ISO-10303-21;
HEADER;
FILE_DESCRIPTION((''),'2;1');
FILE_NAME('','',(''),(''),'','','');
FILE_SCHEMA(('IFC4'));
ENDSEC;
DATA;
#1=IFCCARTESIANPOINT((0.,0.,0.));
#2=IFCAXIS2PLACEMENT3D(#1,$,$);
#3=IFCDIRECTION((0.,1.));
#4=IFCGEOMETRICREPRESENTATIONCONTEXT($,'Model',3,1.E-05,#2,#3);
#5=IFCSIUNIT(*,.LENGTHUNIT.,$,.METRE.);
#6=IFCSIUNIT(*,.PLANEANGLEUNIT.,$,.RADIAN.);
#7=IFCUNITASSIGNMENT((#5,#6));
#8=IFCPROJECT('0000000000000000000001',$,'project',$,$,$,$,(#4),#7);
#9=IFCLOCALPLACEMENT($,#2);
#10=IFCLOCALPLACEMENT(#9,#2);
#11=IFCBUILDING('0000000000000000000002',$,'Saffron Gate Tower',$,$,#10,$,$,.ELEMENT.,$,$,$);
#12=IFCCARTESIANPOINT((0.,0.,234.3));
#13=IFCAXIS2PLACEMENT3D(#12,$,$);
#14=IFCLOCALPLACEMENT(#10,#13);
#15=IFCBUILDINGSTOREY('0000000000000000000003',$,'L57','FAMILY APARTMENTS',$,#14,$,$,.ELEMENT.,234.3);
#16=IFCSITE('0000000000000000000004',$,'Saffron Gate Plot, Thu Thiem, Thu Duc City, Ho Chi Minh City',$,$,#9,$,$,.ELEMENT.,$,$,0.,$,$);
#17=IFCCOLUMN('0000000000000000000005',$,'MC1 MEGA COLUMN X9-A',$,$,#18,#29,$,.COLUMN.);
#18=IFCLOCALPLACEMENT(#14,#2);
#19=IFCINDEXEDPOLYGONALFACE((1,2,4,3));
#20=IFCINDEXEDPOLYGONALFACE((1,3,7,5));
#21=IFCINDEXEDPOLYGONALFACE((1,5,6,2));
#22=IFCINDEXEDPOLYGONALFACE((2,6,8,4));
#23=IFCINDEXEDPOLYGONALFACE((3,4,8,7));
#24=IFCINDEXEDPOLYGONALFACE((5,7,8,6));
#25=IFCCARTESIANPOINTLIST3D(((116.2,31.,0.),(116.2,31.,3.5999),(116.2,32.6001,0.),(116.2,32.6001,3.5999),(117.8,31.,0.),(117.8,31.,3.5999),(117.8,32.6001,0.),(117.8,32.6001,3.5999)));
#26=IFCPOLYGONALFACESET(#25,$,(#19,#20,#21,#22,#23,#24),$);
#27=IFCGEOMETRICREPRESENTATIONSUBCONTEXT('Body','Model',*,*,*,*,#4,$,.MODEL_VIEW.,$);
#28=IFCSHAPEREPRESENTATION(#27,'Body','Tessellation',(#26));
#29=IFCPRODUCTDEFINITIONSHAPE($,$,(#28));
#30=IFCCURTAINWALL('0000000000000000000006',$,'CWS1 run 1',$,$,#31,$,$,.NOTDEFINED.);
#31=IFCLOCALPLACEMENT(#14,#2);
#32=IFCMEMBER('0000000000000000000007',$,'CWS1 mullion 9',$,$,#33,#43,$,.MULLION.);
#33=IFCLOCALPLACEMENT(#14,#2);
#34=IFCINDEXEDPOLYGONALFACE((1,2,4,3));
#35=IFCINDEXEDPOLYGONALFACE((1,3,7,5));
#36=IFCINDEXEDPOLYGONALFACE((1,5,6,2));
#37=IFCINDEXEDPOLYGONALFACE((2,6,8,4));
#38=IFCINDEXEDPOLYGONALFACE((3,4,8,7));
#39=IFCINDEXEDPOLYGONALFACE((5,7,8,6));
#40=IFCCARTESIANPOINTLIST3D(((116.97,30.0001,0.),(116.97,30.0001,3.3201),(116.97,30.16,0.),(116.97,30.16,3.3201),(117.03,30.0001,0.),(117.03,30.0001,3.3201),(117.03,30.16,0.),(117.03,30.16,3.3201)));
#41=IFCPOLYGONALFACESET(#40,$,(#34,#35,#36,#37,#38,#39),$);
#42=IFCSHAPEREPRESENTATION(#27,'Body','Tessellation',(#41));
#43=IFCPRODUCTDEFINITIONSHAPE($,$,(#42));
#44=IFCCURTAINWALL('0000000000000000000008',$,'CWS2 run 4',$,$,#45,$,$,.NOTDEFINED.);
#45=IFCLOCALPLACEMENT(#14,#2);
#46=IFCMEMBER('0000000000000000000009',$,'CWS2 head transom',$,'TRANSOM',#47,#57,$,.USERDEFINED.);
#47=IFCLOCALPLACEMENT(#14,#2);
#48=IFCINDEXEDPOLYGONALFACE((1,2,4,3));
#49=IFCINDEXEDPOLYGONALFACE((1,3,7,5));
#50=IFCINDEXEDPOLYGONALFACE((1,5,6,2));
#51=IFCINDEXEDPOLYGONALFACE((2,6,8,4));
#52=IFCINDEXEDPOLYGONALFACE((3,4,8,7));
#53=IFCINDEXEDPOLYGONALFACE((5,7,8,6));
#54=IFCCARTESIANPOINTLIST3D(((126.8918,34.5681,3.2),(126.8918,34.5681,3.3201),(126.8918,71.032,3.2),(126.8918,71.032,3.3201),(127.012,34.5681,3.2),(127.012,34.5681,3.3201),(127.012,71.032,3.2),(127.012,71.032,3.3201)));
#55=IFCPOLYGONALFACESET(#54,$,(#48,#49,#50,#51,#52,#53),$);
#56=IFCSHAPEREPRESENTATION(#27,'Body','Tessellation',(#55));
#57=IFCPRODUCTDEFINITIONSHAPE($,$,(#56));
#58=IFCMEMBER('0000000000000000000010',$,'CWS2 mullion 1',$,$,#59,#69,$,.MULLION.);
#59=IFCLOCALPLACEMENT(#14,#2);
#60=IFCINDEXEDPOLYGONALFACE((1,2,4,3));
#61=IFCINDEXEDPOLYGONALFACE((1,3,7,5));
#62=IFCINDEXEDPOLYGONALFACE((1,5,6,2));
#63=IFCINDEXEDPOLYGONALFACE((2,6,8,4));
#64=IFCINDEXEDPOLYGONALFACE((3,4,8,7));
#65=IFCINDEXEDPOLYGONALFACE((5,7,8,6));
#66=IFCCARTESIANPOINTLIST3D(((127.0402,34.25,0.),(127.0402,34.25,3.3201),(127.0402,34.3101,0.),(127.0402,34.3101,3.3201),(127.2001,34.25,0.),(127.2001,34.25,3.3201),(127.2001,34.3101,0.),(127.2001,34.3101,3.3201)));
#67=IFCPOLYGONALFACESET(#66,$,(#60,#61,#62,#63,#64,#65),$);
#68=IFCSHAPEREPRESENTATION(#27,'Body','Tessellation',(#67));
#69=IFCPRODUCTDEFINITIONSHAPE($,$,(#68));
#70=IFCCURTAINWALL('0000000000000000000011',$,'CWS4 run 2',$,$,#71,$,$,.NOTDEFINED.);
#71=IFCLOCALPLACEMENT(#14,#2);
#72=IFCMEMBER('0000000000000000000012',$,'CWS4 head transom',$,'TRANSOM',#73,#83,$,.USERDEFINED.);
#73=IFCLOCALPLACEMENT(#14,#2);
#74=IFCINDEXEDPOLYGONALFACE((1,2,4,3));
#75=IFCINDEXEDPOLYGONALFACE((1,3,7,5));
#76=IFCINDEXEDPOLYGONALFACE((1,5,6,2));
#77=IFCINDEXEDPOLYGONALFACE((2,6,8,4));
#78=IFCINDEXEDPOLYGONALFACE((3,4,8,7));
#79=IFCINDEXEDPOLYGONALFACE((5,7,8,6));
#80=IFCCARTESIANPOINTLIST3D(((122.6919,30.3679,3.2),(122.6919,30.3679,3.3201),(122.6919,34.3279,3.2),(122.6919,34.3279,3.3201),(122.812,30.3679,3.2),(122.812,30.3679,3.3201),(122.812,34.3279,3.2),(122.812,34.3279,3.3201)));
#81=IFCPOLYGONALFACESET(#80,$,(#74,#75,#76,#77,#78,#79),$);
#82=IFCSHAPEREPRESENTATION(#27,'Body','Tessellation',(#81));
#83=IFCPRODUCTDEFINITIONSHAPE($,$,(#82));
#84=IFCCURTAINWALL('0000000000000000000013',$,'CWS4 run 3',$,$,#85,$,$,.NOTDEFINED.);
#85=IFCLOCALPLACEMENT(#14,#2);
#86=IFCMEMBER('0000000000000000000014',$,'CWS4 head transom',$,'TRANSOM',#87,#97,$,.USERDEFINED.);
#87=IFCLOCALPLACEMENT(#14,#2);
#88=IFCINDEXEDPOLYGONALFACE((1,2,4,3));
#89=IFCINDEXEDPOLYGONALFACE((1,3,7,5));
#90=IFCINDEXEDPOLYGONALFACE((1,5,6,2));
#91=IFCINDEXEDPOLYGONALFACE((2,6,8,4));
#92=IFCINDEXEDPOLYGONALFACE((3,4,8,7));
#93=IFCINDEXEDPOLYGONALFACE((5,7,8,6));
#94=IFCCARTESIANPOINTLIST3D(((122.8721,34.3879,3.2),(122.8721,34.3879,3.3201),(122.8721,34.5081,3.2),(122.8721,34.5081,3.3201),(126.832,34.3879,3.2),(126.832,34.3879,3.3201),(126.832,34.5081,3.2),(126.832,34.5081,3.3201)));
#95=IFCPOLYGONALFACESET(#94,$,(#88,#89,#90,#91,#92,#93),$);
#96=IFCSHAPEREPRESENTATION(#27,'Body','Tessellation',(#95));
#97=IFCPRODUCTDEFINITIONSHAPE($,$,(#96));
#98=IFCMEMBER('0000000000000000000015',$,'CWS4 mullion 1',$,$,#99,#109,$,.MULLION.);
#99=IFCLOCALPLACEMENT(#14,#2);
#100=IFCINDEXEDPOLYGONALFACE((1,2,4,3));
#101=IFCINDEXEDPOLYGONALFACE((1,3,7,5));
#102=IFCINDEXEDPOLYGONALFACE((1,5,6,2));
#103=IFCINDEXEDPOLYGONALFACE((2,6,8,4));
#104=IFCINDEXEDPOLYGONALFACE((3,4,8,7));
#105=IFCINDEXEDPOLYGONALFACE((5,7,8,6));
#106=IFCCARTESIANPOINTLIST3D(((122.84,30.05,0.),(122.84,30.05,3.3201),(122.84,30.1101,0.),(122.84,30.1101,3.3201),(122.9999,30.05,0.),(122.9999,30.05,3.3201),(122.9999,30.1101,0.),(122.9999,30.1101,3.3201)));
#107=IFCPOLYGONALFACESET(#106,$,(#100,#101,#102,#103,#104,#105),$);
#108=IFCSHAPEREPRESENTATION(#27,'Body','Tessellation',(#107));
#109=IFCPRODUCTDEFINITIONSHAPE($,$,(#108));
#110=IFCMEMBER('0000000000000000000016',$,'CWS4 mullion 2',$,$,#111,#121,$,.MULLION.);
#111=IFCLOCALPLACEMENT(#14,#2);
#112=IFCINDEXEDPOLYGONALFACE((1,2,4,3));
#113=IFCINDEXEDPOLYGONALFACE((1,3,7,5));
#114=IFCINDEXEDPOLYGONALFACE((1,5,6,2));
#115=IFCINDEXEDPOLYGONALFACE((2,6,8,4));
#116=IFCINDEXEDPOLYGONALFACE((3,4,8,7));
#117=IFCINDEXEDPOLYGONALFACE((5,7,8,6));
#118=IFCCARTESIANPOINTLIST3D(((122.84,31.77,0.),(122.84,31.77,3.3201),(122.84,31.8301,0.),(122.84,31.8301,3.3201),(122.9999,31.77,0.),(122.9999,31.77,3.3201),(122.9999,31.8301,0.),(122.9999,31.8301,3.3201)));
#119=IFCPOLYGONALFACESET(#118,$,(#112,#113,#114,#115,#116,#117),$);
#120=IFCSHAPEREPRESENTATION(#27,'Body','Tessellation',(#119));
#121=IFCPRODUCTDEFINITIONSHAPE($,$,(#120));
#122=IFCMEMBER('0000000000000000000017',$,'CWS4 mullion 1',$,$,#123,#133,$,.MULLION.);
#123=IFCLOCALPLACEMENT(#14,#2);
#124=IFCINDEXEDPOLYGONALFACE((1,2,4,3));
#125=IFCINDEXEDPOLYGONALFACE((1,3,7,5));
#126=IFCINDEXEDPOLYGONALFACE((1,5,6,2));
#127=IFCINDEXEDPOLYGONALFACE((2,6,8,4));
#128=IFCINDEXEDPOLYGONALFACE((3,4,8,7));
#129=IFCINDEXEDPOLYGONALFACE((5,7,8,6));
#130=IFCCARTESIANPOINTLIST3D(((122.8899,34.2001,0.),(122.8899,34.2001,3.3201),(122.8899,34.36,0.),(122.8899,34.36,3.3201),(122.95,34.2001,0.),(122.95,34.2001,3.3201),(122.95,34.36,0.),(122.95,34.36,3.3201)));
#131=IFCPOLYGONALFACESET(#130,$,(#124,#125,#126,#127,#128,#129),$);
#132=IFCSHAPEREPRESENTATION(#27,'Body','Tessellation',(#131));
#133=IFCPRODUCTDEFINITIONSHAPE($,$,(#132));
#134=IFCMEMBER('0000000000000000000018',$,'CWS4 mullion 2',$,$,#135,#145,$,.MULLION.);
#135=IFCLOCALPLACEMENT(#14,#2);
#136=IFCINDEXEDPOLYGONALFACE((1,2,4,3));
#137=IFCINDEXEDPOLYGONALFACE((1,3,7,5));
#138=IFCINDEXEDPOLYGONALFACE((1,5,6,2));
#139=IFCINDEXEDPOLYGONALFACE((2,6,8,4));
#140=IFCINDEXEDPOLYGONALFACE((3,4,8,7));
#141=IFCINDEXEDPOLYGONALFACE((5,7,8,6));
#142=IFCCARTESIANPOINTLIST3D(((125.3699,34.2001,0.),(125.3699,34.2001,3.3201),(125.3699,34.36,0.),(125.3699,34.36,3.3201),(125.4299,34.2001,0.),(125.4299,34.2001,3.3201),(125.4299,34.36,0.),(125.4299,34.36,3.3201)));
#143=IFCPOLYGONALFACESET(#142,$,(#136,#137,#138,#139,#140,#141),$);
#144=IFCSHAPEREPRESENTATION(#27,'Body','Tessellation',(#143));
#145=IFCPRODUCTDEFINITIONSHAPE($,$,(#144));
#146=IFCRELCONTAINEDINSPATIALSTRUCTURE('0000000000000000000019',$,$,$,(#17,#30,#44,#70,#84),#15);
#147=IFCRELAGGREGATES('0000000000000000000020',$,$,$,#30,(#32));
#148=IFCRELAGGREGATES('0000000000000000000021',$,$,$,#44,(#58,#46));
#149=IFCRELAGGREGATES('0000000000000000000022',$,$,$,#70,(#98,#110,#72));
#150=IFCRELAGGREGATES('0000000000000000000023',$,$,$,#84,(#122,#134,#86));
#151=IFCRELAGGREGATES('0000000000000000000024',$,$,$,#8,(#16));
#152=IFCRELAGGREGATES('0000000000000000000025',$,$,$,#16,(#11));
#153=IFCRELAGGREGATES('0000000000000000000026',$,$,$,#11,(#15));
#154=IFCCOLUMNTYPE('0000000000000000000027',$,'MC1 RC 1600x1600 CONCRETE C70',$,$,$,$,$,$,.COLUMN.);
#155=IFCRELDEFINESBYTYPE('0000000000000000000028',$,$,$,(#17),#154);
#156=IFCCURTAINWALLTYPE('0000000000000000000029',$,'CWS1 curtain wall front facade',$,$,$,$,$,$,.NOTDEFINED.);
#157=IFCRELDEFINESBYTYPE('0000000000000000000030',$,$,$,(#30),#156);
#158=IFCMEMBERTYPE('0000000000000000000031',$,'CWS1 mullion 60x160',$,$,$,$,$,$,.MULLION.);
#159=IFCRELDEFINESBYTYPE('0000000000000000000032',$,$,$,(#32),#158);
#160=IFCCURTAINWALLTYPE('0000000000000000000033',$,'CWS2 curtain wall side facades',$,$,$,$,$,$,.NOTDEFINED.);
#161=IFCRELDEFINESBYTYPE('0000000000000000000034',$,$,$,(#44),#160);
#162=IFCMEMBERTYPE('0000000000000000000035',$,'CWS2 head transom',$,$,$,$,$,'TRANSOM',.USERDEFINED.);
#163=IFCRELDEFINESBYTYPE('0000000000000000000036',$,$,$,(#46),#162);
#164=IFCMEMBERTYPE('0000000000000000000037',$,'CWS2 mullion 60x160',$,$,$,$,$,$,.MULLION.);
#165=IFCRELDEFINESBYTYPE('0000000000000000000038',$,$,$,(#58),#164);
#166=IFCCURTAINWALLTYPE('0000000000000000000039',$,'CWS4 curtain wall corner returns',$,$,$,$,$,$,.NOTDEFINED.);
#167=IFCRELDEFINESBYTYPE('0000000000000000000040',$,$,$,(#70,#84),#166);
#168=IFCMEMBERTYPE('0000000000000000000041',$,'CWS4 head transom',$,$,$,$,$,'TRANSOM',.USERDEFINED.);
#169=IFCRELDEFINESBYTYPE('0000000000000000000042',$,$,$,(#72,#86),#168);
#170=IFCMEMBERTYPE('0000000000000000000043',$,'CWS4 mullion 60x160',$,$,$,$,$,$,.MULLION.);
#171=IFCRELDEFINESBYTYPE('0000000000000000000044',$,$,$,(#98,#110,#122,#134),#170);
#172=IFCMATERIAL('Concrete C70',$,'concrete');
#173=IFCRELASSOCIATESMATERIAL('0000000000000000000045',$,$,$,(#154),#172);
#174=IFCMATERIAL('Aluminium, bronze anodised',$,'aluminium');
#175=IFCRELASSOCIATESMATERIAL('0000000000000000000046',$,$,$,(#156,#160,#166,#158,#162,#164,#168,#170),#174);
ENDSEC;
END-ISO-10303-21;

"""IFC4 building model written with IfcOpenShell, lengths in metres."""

from ifc_helpers import new_model, si_unit, direction, frame, origin, origin_2d, place, context, subcontext, project, spatial, rectangle, extrude, material, material_profile, profile_set, type_object, element, aggregate, save


model = new_model("IFC4")

# Units and contexts
model_context = context("Model", 3, precision=1e-05, world=origin(), true_north=direction((0.0, 1.0)))
body_context = subcontext(model_context, "Body", "Model", "MODEL_VIEW")
ifc_project = project(units=[si_unit("LENGTHUNIT", "METRE"), si_unit("PLANEANGLEUNIT", "RADIAN")], contexts=[model_context])

# Site, building, storey
site_placement = place(None, origin())
site = spatial("IfcSite", under=ifc_project, at=site_placement, Name="Saffron Gate Plot, Thu Thiem, Thu Duc City, Ho Chi Minh City", CompositionType="ELEMENT", RefElevation=0.0)
building_placement = place(site_placement, origin())
building = spatial("IfcBuilding", under=site, at=building_placement, Name="Saffron Gate Tower", CompositionType="ELEMENT")
storey_placement = place(building_placement, frame((0.0, 0.0, 234.3)))
storey = spatial("IfcBuildingStorey", under=building, at=storey_placement, Name="L57", Description="FAMILY APARTMENTS", CompositionType="ELEMENT", Elevation=234.3)

# Column
ifc_material_1 = material(Name="Concrete C70", Category="concrete")
ifc_material_profile_1 = material_profile(ifc_material_1, rectangle(XDim=1.6001, YDim=1.6001, at=origin_2d()))
ifc_profile_set_1 = profile_set([ifc_material_profile_1], Name="Concrete C70")
column_type = type_object("IfcColumnType", Name="MC1 RC 1600x1600 CONCRETE C70", PredefinedType="COLUMN", material=ifc_profile_set_1)
column_placement = place(storey_placement, frame((117.0, 31.8, 0.0), z_axis=(0.0, 0.0, 1.0), x_axis=(1.0, 0.0, 0.0)))
element("IfcColumn", 1, at=column_placement, inside=storey, type_object=column_type, Name="MC1 MEGA COLUMN X9-A", PredefinedType="COLUMN", context=body_context, shape_type="SweptSolid", body=[
    extrude(rectangle(XDim=1.6001, YDim=1.6001, at=origin_2d()), origin(), (0.0, 0.0, 1.0), 3.5999),
])

# Curtain wall, member
ifc_material_2 = material(Name="Aluminium, bronze anodised", Category="aluminium")
curtain_wall_type_1 = type_object("IfcCurtainWallType", Name="CWS1 curtain wall front facade", PredefinedType="NOTDEFINED", material=ifc_material_2)
curtain_wall_1_placement = place(storey_placement, origin())
curtain_wall_1 = element("IfcCurtainWall", 2, at=curtain_wall_1_placement, inside=storey, type_object=curtain_wall_type_1, Name="CWS1 run 1", PredefinedType="NOTDEFINED")
ifc_material_profile_2 = material_profile(ifc_material_2, rectangle(XDim=0.1599, YDim=0.0601, at=origin_2d()))
ifc_profile_set_2 = profile_set([ifc_material_profile_2], Name="Aluminium, bronze anodised")
member_type_1 = type_object("IfcMemberType", Name="CWS1 mullion 60x160", PredefinedType="MULLION", material=ifc_profile_set_2)
member_1_placement = place(storey_placement, frame((117.0, 30.0801, 0.0), z_axis=(0.0, 0.0, 1.0), x_axis=(0.0, 1.0, 0.0)))
member_1 = element("IfcMember", 3, at=member_1_placement, type_object=member_type_1, Name="CWS1 mullion 9", PredefinedType="MULLION", context=body_context, shape_type="SweptSolid", body=[
    extrude(rectangle(XDim=0.1599, YDim=0.0601, at=origin_2d()), origin(), (0.0, 0.0, 1.0), 3.3201),
])
aggregate(curtain_wall_1, [member_1])

# Curtain wall, members
curtain_wall_type_2 = type_object("IfcCurtainWallType", Name="CWS2 curtain wall side facades", PredefinedType="NOTDEFINED", material=ifc_material_2)
curtain_wall_2_placement = place(storey_placement, origin())
curtain_wall_2 = element("IfcCurtainWall", 4, at=curtain_wall_2_placement, inside=storey, type_object=curtain_wall_type_2, Name="CWS2 run 4", PredefinedType="NOTDEFINED")
ifc_material_profile_3 = material_profile(ifc_material_2, rectangle(XDim=0.1201, YDim=0.1201, at=origin_2d()))
ifc_profile_set_3 = profile_set([ifc_material_profile_3], Name="Aluminium, bronze anodised")
member_type_2 = type_object("IfcMemberType", Name="CWS2 head transom", ElementType="TRANSOM", PredefinedType="USERDEFINED", material=ifc_profile_set_3)
member_2_placement = place(storey_placement, frame((126.9519, 34.5681, 3.26), z_axis=(0.0, 1.0, 0.0), x_axis=(-1.0, 0.0, 0.0)))
member_2 = element("IfcMember", 5, at=member_2_placement, type_object=member_type_2, Name="CWS2 head transom", ObjectType="TRANSOM", PredefinedType="USERDEFINED", context=body_context, shape_type="SweptSolid", body=[
    extrude(rectangle(XDim=0.1201, YDim=0.1201, at=origin_2d()), origin(), (0.0, 0.0, 1.0), 36.4639),
])
ifc_material_profile_4 = material_profile(ifc_material_2, rectangle(XDim=0.1599, YDim=0.0601, at=origin_2d()))
ifc_profile_set_4 = profile_set([ifc_material_profile_4], Name="Aluminium, bronze anodised")
member_type_3 = type_object("IfcMemberType", Name="CWS2 mullion 60x160", PredefinedType="MULLION", material=ifc_profile_set_4)
member_3_placement = place(storey_placement, frame((127.1201, 34.28, 0.0), z_axis=(0.0, 0.0, 1.0), x_axis=(-1.0, 0.0, 0.0)))
member_3 = element("IfcMember", 6, at=member_3_placement, type_object=member_type_3, Name="CWS2 mullion 1", PredefinedType="MULLION", context=body_context, shape_type="SweptSolid", body=[
    extrude(rectangle(XDim=0.1599, YDim=0.0601, at=origin_2d()), origin(), (0.0, 0.0, 1.0), 3.3201),
])

# Curtain walls, members
curtain_wall_type_3 = type_object("IfcCurtainWallType", Name="CWS4 curtain wall corner returns", PredefinedType="NOTDEFINED", material=ifc_material_2)
curtain_wall_3_placement = place(storey_placement, origin())
curtain_wall_3 = element("IfcCurtainWall", 7, at=curtain_wall_3_placement, inside=storey, type_object=curtain_wall_type_3, Name="CWS4 run 2", PredefinedType="NOTDEFINED")
ifc_material_profile_5 = material_profile(ifc_material_2, rectangle(XDim=0.1201, YDim=0.1201, at=origin_2d()))
ifc_profile_set_5 = profile_set([ifc_material_profile_5], Name="Aluminium, bronze anodised")
member_type_4 = type_object("IfcMemberType", Name="CWS4 head transom", ElementType="TRANSOM", PredefinedType="USERDEFINED", material=ifc_profile_set_5)
member_4_placement = place(storey_placement, frame((122.752, 30.3679, 3.26), z_axis=(0.0, 1.0, 0.0), x_axis=(-1.0, 0.0, 0.0)))
member_4 = element("IfcMember", 8, at=member_4_placement, type_object=member_type_4, Name="CWS4 head transom", ObjectType="TRANSOM", PredefinedType="USERDEFINED", context=body_context, shape_type="SweptSolid", body=[
    extrude(rectangle(XDim=0.1201, YDim=0.1201, at=origin_2d()), origin(), (0.0, 0.0, 1.0), 3.96),
])
curtain_wall_4_placement = place(storey_placement, origin())
curtain_wall_4 = element("IfcCurtainWall", 9, at=curtain_wall_4_placement, inside=storey, type_object=curtain_wall_type_3, Name="CWS4 run 3", PredefinedType="NOTDEFINED")
member_5_placement = place(storey_placement, frame((122.8721, 34.448, 3.26), z_axis=(1.0, 0.0, 0.0), x_axis=(0.0, 1.0, 0.0)))
member_5 = element("IfcMember", 10, at=member_5_placement, type_object=member_type_4, Name="CWS4 head transom", ObjectType="TRANSOM", PredefinedType="USERDEFINED", context=body_context, shape_type="SweptSolid", body=[
    extrude(rectangle(XDim=0.1201, YDim=0.1201, at=origin_2d()), origin(), (0.0, 0.0, 1.0), 3.96),
])

# Members
ifc_material_profile_6 = material_profile(ifc_material_2, rectangle(XDim=0.1599, YDim=0.0601, at=origin_2d()))
ifc_profile_set_6 = profile_set([ifc_material_profile_6], Name="Aluminium, bronze anodised")
member_type_5 = type_object("IfcMemberType", Name="CWS4 mullion 60x160", PredefinedType="MULLION", material=ifc_profile_set_6)
member_6_placement = place(storey_placement, frame((122.9199, 30.0801, 0.0), z_axis=(0.0, 0.0, 1.0), x_axis=(-1.0, 0.0, 0.0)))
member_6 = element("IfcMember", 11, at=member_6_placement, type_object=member_type_5, Name="CWS4 mullion 1", PredefinedType="MULLION", context=body_context, shape_type="SweptSolid", body=[
    extrude(rectangle(XDim=0.1599, YDim=0.0601, at=origin_2d()), origin(), (0.0, 0.0, 1.0), 3.3201),
])
member_7_placement = place(storey_placement, frame((122.9199, 31.8, 0.0), z_axis=(0.0, 0.0, 1.0), x_axis=(-1.0, 0.0, 0.0)))
member_7 = element("IfcMember", 12, at=member_7_placement, type_object=member_type_5, Name="CWS4 mullion 2", PredefinedType="MULLION", context=body_context, shape_type="SweptSolid", body=[
    extrude(rectangle(XDim=0.1599, YDim=0.0601, at=origin_2d()), origin(), (0.0, 0.0, 1.0), 3.3201),
])
member_8_placement = place(storey_placement, frame((122.9199, 34.28, 0.0), z_axis=(0.0, 0.0, 1.0), x_axis=(0.0, 1.0, 0.0)))
member_8 = element("IfcMember", 13, at=member_8_placement, type_object=member_type_5, Name="CWS4 mullion 1", PredefinedType="MULLION", context=body_context, shape_type="SweptSolid", body=[
    extrude(rectangle(XDim=0.1599, YDim=0.0601, at=origin_2d()), origin(), (0.0, 0.0, 1.0), 3.3201),
])
member_9_placement = place(storey_placement, frame((125.3999, 34.28, 0.0), z_axis=(0.0, 0.0, 1.0), x_axis=(0.0, 1.0, 0.0)))
member_9 = element("IfcMember", 14, at=member_9_placement, type_object=member_type_5, Name="CWS4 mullion 2", PredefinedType="MULLION", context=body_context, shape_type="SweptSolid", body=[
    extrude(rectangle(XDim=0.1599, YDim=0.0601, at=origin_2d()), origin(), (0.0, 0.0, 1.0), 3.3201),
])

aggregate(curtain_wall_2, [member_3, member_2])

aggregate(curtain_wall_3, [member_6, member_7, member_4])
aggregate(curtain_wall_4, [member_8, member_9, member_5])

save(model, "model.ifc")
